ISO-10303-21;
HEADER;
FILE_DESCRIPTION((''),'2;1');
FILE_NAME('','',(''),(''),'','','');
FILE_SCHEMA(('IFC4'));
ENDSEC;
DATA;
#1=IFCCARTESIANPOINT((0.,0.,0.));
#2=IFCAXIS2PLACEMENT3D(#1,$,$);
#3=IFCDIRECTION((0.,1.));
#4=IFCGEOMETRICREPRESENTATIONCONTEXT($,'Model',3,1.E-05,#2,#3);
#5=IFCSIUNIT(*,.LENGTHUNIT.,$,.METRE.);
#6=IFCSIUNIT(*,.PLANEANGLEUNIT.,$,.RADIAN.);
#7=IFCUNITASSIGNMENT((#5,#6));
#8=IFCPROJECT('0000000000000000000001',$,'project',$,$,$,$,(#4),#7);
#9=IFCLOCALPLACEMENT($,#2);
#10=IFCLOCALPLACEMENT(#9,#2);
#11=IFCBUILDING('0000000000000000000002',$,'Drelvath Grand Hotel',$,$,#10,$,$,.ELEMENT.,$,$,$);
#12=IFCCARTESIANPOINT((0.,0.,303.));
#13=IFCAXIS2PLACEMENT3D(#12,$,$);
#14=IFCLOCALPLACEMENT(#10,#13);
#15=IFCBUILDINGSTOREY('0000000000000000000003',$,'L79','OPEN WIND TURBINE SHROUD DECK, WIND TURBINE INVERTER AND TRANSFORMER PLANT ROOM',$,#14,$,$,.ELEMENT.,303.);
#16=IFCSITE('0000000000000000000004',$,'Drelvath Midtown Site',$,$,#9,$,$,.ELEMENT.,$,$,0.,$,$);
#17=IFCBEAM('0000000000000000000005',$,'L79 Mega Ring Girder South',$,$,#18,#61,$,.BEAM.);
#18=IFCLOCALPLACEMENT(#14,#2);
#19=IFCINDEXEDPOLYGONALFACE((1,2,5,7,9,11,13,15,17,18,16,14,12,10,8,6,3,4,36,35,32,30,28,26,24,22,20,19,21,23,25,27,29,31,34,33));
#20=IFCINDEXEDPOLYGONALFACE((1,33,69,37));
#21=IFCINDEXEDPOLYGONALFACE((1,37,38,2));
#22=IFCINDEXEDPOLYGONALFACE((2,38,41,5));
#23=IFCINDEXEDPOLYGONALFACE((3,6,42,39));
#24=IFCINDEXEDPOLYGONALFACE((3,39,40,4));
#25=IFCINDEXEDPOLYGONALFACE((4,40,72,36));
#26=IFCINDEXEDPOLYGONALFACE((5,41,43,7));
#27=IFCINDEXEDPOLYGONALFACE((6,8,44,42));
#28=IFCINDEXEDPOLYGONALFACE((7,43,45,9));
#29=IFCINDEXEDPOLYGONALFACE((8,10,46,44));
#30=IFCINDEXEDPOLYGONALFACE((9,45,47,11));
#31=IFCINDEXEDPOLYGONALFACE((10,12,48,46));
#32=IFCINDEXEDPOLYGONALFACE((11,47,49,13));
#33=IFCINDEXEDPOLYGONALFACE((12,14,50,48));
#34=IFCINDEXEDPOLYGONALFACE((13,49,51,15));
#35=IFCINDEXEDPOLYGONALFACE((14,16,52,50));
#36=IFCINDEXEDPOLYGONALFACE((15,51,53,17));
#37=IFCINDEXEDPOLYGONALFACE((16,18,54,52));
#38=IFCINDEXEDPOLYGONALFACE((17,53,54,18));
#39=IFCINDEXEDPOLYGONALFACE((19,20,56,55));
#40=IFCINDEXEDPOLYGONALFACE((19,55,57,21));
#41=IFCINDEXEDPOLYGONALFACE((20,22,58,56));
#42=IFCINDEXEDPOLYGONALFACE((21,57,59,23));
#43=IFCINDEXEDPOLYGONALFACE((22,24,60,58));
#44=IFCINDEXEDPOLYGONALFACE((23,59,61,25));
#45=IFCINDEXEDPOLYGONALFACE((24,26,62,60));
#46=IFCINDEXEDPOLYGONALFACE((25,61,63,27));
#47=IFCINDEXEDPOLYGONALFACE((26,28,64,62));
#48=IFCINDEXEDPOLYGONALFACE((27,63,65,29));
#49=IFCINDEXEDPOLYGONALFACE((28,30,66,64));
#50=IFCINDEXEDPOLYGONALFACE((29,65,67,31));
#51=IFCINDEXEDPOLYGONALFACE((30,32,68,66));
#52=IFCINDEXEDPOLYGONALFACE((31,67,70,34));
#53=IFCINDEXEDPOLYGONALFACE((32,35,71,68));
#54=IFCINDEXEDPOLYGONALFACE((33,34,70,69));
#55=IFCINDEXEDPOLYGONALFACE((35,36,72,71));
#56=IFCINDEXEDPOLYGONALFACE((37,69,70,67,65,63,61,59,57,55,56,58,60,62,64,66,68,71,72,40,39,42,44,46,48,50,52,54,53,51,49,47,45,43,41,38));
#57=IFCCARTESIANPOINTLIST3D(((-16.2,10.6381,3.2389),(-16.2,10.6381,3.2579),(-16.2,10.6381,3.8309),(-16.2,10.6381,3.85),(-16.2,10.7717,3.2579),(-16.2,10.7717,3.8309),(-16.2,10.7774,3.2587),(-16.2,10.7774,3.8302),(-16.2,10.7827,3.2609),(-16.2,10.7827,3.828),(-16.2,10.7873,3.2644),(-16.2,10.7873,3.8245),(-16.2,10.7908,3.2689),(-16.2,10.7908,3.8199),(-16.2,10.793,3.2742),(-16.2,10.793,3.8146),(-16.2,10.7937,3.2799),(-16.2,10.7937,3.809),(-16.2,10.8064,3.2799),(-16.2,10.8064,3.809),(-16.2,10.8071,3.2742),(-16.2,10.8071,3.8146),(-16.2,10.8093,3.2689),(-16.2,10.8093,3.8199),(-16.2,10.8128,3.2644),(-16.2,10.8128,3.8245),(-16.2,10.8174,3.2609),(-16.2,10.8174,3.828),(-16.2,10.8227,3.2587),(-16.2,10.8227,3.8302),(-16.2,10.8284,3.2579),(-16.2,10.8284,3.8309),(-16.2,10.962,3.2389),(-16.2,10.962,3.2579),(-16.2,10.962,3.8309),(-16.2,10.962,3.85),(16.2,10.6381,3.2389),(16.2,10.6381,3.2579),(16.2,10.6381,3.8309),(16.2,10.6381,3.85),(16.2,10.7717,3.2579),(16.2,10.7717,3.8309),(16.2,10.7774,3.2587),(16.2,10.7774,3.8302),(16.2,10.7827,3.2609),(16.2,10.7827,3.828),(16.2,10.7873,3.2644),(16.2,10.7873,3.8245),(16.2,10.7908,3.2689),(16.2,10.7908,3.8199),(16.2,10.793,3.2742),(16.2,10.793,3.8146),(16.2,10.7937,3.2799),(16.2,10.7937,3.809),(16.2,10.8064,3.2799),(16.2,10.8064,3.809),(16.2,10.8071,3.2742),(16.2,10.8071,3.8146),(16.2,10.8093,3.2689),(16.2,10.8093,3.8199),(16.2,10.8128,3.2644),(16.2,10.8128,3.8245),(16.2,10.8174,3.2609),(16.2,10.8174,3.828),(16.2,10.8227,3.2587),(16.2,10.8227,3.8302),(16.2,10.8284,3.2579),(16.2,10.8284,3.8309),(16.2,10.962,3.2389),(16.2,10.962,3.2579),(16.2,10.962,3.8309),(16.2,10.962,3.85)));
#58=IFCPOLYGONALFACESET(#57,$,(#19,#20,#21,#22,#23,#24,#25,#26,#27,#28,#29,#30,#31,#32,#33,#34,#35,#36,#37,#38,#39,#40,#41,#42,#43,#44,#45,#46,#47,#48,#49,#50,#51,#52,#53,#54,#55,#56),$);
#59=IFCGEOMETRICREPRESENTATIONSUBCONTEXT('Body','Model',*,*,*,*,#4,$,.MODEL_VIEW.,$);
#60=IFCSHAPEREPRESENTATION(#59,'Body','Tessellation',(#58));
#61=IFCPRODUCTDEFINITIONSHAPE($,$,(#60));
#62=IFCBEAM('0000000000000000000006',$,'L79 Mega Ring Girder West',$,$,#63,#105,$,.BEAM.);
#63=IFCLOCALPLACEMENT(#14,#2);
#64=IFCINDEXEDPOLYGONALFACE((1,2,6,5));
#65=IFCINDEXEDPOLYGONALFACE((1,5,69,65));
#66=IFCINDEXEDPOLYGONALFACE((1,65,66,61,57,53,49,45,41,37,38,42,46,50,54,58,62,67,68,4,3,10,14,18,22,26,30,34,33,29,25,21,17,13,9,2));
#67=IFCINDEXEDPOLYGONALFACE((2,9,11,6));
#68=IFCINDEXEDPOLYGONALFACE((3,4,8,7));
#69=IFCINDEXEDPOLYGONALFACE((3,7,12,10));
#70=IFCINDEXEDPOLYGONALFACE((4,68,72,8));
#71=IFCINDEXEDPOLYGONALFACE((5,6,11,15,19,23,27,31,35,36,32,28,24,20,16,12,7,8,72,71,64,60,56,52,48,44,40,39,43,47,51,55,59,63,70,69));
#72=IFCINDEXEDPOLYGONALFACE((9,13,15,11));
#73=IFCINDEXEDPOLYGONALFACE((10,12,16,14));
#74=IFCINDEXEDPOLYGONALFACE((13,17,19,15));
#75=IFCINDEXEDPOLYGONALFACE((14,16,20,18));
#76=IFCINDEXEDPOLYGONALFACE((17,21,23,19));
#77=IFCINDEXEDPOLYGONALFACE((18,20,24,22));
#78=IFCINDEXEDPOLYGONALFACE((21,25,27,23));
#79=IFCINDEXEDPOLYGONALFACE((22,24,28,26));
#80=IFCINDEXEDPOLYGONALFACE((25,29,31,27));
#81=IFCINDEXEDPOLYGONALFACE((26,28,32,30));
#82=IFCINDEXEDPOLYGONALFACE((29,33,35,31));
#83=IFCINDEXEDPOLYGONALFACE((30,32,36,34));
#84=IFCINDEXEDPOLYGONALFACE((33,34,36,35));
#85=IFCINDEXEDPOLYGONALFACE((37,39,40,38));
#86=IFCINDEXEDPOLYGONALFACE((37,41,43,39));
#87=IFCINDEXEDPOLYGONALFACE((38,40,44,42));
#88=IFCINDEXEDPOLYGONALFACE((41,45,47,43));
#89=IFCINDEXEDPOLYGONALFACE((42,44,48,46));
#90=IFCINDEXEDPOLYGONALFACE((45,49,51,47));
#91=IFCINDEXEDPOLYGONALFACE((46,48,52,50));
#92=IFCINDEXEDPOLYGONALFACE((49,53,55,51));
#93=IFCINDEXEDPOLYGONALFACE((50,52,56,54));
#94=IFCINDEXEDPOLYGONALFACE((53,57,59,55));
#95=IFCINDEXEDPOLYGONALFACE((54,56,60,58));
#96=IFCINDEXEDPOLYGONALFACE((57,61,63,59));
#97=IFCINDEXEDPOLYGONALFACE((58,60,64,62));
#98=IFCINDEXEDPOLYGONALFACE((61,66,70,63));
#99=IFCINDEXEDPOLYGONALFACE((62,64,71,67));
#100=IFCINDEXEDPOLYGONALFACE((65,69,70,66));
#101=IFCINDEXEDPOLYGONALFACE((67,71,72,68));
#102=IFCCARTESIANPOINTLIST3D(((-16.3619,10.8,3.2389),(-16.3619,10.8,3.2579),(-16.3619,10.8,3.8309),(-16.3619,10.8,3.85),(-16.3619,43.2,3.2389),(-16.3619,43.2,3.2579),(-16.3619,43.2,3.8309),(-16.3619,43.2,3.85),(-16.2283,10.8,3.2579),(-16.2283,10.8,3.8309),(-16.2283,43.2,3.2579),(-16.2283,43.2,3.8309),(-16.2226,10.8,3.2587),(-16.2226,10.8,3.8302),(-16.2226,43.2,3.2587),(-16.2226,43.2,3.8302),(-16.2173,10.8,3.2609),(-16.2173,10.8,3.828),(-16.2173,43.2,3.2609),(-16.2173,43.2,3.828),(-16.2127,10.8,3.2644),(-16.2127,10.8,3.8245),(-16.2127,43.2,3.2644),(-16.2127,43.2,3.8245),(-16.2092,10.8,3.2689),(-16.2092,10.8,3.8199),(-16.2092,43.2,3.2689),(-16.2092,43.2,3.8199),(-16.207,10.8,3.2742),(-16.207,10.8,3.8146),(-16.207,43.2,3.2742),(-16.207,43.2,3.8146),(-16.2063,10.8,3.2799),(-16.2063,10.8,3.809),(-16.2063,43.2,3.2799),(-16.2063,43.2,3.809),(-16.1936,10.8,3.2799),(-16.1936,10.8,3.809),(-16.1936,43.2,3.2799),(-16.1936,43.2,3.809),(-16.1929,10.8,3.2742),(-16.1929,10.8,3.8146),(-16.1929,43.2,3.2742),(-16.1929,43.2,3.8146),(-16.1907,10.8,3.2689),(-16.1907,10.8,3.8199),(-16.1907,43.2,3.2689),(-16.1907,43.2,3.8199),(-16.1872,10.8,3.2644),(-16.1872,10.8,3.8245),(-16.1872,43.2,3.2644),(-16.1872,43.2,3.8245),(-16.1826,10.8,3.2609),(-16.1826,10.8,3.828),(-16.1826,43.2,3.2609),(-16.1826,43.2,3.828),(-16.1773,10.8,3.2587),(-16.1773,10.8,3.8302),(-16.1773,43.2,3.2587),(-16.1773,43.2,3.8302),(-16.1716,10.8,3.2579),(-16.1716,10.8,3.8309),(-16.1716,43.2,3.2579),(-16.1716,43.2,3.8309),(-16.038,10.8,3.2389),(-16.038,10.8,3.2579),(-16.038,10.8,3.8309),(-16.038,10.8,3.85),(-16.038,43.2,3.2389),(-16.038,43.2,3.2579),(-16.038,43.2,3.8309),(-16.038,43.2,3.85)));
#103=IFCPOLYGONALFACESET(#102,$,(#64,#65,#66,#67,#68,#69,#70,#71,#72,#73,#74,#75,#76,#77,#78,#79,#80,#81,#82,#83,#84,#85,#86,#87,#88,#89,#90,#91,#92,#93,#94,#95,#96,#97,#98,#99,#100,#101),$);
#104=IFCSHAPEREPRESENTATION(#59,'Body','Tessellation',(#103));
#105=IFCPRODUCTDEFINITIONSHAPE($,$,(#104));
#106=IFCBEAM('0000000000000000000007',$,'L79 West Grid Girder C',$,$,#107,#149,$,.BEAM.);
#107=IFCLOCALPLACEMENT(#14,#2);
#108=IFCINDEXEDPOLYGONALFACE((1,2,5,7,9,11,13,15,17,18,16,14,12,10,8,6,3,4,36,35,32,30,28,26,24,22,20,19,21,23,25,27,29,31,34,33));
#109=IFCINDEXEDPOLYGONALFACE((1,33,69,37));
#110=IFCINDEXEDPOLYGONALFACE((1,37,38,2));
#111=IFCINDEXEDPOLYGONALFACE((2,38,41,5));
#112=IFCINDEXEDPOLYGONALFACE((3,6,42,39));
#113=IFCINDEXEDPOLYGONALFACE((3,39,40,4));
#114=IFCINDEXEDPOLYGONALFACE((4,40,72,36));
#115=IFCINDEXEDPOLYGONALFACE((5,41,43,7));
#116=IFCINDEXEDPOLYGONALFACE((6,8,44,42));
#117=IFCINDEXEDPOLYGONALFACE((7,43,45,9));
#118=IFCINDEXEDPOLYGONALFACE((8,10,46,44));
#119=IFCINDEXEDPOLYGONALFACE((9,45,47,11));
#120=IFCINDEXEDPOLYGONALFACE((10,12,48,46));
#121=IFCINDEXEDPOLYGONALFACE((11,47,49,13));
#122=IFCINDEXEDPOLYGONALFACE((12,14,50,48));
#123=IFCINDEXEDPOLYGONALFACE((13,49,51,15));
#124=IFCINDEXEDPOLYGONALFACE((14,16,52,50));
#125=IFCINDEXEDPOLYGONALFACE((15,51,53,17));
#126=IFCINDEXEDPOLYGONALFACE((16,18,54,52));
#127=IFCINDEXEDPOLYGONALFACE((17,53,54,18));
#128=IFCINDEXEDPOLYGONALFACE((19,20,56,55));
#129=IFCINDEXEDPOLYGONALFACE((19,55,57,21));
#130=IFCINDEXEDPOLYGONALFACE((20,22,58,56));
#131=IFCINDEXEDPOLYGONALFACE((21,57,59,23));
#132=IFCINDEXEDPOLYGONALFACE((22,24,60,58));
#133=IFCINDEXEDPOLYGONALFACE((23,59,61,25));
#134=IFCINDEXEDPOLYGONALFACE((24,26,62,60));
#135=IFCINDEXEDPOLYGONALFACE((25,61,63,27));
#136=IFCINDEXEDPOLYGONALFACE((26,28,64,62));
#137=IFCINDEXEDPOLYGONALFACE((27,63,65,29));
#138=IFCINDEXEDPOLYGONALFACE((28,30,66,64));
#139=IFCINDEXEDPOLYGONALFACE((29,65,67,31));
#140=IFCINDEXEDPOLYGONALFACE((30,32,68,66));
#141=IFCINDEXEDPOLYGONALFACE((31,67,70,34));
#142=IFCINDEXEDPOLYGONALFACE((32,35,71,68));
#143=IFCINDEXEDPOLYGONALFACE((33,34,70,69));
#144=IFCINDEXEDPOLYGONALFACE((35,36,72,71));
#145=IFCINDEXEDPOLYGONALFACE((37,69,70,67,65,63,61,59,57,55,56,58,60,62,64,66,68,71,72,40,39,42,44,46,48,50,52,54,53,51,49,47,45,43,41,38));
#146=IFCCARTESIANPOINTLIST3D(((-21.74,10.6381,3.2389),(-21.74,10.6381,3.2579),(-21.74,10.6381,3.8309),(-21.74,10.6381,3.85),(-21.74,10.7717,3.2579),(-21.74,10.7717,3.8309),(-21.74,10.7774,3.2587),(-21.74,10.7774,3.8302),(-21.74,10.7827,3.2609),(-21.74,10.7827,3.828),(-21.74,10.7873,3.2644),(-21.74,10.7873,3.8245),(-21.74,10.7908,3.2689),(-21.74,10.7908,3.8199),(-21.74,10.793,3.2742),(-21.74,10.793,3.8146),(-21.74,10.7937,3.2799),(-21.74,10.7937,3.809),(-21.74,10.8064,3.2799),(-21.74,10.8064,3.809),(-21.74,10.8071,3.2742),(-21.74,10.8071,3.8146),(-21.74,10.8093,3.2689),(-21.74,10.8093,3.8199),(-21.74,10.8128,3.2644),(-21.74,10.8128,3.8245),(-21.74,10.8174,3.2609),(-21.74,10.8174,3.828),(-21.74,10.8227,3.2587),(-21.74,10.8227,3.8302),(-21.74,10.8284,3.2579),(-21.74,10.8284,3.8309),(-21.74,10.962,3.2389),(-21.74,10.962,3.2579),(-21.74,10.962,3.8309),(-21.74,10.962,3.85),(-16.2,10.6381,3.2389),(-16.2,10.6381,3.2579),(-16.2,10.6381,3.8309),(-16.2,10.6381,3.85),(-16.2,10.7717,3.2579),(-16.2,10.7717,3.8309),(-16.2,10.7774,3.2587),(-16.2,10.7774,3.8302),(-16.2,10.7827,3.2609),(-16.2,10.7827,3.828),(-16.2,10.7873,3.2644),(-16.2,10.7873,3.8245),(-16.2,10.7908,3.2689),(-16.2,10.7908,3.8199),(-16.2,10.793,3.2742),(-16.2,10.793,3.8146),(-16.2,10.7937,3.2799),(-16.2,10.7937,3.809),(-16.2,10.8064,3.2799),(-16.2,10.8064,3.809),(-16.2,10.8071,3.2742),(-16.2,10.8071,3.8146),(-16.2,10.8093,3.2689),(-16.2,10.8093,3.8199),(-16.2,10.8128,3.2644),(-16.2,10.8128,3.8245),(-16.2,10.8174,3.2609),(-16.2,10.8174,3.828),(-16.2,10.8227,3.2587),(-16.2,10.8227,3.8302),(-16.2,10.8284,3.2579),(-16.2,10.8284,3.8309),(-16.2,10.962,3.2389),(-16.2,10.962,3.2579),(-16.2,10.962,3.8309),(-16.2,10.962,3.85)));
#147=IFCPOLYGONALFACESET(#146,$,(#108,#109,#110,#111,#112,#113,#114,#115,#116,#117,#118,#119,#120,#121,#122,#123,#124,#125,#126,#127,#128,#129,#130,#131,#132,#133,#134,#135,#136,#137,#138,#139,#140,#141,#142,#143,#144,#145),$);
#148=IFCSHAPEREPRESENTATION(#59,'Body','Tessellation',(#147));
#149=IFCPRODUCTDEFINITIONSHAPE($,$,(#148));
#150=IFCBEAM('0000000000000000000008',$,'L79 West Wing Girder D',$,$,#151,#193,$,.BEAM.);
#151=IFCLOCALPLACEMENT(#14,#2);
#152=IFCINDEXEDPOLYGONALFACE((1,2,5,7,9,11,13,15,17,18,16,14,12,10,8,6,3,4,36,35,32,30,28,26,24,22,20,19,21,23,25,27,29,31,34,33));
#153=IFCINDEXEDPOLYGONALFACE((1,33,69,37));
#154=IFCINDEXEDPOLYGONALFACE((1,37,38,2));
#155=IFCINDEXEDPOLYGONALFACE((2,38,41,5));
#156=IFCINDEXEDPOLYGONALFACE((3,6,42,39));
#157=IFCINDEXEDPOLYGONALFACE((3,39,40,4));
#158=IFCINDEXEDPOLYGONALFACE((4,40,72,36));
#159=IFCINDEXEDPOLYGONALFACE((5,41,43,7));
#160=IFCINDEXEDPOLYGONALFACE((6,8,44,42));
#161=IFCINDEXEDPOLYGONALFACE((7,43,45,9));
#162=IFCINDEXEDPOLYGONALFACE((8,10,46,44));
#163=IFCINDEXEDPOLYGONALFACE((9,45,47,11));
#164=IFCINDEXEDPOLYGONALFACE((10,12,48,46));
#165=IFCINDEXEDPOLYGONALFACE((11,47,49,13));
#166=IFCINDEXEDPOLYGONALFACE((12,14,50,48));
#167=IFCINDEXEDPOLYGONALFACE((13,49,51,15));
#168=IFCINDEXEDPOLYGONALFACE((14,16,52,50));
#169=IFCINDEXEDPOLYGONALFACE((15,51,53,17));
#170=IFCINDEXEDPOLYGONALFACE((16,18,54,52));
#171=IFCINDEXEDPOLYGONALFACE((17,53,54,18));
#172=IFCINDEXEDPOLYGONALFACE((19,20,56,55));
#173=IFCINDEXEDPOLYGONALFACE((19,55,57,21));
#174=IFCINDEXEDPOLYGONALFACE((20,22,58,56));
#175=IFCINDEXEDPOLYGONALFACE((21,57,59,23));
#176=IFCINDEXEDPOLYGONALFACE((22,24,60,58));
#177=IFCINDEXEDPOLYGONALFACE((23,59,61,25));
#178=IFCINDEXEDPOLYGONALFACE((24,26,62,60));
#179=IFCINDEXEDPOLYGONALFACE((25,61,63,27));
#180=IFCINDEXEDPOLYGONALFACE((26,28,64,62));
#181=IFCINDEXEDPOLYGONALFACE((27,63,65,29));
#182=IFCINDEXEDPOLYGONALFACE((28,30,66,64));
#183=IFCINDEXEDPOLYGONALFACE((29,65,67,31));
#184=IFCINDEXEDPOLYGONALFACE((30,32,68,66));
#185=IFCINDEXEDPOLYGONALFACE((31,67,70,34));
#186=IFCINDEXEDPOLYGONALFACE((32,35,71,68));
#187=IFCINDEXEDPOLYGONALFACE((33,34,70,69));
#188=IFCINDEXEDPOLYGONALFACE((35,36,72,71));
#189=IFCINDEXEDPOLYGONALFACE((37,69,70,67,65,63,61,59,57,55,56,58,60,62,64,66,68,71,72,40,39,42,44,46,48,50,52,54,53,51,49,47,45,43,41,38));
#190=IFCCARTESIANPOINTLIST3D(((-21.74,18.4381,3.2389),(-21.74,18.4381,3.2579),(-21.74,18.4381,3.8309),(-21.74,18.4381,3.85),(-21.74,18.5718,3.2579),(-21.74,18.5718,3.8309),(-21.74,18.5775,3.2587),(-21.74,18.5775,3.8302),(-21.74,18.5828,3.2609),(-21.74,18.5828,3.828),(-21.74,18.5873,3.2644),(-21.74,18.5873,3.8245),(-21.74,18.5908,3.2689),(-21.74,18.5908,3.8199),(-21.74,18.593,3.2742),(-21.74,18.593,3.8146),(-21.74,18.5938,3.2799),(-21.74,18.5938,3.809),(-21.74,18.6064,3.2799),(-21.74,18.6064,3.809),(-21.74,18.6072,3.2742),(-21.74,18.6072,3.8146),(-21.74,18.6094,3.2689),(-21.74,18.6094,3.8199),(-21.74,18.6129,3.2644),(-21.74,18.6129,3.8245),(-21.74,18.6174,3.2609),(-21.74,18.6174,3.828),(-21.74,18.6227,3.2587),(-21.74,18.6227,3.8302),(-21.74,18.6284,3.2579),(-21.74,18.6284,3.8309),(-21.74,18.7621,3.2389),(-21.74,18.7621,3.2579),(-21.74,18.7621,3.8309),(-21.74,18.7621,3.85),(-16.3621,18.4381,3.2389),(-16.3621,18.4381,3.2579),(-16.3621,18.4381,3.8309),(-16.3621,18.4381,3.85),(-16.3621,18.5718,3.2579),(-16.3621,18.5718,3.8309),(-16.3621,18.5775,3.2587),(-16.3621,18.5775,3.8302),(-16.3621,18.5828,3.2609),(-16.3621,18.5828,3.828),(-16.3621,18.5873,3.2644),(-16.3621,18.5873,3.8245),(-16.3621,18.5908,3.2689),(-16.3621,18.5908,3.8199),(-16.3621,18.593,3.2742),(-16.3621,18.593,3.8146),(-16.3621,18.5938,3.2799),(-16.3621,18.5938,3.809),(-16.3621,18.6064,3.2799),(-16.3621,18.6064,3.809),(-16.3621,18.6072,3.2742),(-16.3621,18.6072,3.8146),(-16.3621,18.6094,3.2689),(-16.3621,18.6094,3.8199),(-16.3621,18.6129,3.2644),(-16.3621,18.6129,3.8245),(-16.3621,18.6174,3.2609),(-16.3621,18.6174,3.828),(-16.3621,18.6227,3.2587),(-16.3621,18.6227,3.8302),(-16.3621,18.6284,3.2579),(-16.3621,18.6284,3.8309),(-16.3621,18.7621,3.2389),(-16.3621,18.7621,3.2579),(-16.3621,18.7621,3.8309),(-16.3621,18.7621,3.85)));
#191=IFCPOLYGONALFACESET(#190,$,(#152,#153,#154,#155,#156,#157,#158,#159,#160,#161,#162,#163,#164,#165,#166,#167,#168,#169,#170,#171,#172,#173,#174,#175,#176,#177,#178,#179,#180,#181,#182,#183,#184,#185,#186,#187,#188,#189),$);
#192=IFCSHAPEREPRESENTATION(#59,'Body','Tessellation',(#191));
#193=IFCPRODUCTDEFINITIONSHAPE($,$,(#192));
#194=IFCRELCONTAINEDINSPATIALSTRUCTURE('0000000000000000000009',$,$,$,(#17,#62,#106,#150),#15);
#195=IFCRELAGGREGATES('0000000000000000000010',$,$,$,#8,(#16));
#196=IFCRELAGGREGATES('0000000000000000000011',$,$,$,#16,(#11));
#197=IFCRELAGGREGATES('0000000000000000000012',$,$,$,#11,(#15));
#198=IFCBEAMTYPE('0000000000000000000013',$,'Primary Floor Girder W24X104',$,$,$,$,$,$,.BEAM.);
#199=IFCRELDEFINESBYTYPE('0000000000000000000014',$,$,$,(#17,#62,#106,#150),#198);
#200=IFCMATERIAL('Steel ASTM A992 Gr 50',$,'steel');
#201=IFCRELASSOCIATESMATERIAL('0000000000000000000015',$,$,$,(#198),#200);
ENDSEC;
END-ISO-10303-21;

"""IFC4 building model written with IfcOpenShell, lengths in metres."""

from ifc_helpers import new_model, si_unit, direction, frame, origin, origin_2d, place, context, subcontext, project, spatial, i_section, extrude, material, material_profile, profile_set, type_object, element, save


model = new_model("IFC4")

# Units and contexts
model_context = context("Model", 3, precision=1e-05, world=origin(), true_north=direction((0.0, 1.0)))
body_context = subcontext(model_context, "Body", "Model", "MODEL_VIEW")
ifc_project = project(units=[si_unit("LENGTHUNIT", "METRE"), si_unit("PLANEANGLEUNIT", "RADIAN")], contexts=[model_context])

# Site, building, storey
site_placement = place(None, origin())
site = spatial("IfcSite", under=ifc_project, at=site_placement, Name="Drelvath Midtown Site", CompositionType="ELEMENT", RefElevation=0.0)
building_placement = place(site_placement, origin())
building = spatial("IfcBuilding", under=site, at=building_placement, Name="Drelvath Grand Hotel", CompositionType="ELEMENT")
storey_placement = place(building_placement, frame((0.0, 0.0, 303.0)))
storey = spatial("IfcBuildingStorey", under=building, at=storey_placement, Name="L79", Description="OPEN WIND TURBINE SHROUD DECK, WIND TURBINE INVERTER AND TRANSFORMER PLANT ROOM", CompositionType="ELEMENT", Elevation=303.0)

# Beams
ifc_material_1 = material(Name="Steel ASTM A992 Gr 50", Category="steel")
ifc_material_profile_1 = material_profile(ifc_material_1, i_section(OverallWidth=0.324, OverallDepth=0.6111, WebThickness=0.0127, FlangeThickness=0.019, FilletRadius=0.022, at=origin_2d()), Name="W24X104")
ifc_profile_set_1 = profile_set([ifc_material_profile_1], Name="Steel ASTM A992 Gr 50")
beam_type_1 = type_object("IfcBeamType", Name="Primary Floor Girder W24X104", PredefinedType="BEAM", material=ifc_profile_set_1)
for number, where, z_axis, x_axis, name in (
    (1, (-16.2, 10.8, 3.5444), (1.0, 0.0, 0.0), (0.0, 1.0, 0.0), "L79 Mega Ring Girder South"),
    (2, (-16.2, 10.8, 3.5444), (0.0, 1.0, 0.0), (-1.0, 0.0, 0.0), "L79 Mega Ring Girder West"),
):
    element("IfcBeam", number, at=place(storey_placement, frame(where, z_axis=z_axis, x_axis=x_axis)), inside=storey, type_object=beam_type_1, Name=name, PredefinedType="BEAM", context=body_context, shape_type="SweptSolid", body=[
        extrude(i_section(OverallWidth=0.324, OverallDepth=0.6111, WebThickness=0.0127, FlangeThickness=0.019, FilletRadius=0.022, at=origin_2d()), origin(), (0.0, 0.0, 1.0), 32.3999),
    ])
beam_1_placement = place(storey_placement, frame((-21.74, 10.8, 3.5444), z_axis=(1.0, 0.0, 0.0), x_axis=(0.0, 1.0, 0.0)))
element("IfcBeam", 3, at=beam_1_placement, inside=storey, type_object=beam_type_1, Name="L79 West Grid Girder C", PredefinedType="BEAM", context=body_context, shape_type="SweptSolid", body=[
    extrude(i_section(OverallWidth=0.324, OverallDepth=0.6111, WebThickness=0.0127, FlangeThickness=0.019, FilletRadius=0.022, at=origin_2d()), origin(), (0.0, 0.0, 1.0), 5.54),
])
beam_2_placement = place(storey_placement, frame((-21.74, 18.6001, 3.5444), z_axis=(1.0, 0.0, 0.0), x_axis=(0.0, 1.0, 0.0)))
element("IfcBeam", 4, at=beam_2_placement, inside=storey, type_object=beam_type_1, Name="L79 West Wing Girder D", PredefinedType="BEAM", context=body_context, shape_type="SweptSolid", body=[
    extrude(i_section(OverallWidth=0.324, OverallDepth=0.6111, WebThickness=0.0127, FlangeThickness=0.019, FilletRadius=0.022, at=origin_2d()), origin(), (0.0, 0.0, 1.0), 5.3779),
])

save(model, "model.ifc")
